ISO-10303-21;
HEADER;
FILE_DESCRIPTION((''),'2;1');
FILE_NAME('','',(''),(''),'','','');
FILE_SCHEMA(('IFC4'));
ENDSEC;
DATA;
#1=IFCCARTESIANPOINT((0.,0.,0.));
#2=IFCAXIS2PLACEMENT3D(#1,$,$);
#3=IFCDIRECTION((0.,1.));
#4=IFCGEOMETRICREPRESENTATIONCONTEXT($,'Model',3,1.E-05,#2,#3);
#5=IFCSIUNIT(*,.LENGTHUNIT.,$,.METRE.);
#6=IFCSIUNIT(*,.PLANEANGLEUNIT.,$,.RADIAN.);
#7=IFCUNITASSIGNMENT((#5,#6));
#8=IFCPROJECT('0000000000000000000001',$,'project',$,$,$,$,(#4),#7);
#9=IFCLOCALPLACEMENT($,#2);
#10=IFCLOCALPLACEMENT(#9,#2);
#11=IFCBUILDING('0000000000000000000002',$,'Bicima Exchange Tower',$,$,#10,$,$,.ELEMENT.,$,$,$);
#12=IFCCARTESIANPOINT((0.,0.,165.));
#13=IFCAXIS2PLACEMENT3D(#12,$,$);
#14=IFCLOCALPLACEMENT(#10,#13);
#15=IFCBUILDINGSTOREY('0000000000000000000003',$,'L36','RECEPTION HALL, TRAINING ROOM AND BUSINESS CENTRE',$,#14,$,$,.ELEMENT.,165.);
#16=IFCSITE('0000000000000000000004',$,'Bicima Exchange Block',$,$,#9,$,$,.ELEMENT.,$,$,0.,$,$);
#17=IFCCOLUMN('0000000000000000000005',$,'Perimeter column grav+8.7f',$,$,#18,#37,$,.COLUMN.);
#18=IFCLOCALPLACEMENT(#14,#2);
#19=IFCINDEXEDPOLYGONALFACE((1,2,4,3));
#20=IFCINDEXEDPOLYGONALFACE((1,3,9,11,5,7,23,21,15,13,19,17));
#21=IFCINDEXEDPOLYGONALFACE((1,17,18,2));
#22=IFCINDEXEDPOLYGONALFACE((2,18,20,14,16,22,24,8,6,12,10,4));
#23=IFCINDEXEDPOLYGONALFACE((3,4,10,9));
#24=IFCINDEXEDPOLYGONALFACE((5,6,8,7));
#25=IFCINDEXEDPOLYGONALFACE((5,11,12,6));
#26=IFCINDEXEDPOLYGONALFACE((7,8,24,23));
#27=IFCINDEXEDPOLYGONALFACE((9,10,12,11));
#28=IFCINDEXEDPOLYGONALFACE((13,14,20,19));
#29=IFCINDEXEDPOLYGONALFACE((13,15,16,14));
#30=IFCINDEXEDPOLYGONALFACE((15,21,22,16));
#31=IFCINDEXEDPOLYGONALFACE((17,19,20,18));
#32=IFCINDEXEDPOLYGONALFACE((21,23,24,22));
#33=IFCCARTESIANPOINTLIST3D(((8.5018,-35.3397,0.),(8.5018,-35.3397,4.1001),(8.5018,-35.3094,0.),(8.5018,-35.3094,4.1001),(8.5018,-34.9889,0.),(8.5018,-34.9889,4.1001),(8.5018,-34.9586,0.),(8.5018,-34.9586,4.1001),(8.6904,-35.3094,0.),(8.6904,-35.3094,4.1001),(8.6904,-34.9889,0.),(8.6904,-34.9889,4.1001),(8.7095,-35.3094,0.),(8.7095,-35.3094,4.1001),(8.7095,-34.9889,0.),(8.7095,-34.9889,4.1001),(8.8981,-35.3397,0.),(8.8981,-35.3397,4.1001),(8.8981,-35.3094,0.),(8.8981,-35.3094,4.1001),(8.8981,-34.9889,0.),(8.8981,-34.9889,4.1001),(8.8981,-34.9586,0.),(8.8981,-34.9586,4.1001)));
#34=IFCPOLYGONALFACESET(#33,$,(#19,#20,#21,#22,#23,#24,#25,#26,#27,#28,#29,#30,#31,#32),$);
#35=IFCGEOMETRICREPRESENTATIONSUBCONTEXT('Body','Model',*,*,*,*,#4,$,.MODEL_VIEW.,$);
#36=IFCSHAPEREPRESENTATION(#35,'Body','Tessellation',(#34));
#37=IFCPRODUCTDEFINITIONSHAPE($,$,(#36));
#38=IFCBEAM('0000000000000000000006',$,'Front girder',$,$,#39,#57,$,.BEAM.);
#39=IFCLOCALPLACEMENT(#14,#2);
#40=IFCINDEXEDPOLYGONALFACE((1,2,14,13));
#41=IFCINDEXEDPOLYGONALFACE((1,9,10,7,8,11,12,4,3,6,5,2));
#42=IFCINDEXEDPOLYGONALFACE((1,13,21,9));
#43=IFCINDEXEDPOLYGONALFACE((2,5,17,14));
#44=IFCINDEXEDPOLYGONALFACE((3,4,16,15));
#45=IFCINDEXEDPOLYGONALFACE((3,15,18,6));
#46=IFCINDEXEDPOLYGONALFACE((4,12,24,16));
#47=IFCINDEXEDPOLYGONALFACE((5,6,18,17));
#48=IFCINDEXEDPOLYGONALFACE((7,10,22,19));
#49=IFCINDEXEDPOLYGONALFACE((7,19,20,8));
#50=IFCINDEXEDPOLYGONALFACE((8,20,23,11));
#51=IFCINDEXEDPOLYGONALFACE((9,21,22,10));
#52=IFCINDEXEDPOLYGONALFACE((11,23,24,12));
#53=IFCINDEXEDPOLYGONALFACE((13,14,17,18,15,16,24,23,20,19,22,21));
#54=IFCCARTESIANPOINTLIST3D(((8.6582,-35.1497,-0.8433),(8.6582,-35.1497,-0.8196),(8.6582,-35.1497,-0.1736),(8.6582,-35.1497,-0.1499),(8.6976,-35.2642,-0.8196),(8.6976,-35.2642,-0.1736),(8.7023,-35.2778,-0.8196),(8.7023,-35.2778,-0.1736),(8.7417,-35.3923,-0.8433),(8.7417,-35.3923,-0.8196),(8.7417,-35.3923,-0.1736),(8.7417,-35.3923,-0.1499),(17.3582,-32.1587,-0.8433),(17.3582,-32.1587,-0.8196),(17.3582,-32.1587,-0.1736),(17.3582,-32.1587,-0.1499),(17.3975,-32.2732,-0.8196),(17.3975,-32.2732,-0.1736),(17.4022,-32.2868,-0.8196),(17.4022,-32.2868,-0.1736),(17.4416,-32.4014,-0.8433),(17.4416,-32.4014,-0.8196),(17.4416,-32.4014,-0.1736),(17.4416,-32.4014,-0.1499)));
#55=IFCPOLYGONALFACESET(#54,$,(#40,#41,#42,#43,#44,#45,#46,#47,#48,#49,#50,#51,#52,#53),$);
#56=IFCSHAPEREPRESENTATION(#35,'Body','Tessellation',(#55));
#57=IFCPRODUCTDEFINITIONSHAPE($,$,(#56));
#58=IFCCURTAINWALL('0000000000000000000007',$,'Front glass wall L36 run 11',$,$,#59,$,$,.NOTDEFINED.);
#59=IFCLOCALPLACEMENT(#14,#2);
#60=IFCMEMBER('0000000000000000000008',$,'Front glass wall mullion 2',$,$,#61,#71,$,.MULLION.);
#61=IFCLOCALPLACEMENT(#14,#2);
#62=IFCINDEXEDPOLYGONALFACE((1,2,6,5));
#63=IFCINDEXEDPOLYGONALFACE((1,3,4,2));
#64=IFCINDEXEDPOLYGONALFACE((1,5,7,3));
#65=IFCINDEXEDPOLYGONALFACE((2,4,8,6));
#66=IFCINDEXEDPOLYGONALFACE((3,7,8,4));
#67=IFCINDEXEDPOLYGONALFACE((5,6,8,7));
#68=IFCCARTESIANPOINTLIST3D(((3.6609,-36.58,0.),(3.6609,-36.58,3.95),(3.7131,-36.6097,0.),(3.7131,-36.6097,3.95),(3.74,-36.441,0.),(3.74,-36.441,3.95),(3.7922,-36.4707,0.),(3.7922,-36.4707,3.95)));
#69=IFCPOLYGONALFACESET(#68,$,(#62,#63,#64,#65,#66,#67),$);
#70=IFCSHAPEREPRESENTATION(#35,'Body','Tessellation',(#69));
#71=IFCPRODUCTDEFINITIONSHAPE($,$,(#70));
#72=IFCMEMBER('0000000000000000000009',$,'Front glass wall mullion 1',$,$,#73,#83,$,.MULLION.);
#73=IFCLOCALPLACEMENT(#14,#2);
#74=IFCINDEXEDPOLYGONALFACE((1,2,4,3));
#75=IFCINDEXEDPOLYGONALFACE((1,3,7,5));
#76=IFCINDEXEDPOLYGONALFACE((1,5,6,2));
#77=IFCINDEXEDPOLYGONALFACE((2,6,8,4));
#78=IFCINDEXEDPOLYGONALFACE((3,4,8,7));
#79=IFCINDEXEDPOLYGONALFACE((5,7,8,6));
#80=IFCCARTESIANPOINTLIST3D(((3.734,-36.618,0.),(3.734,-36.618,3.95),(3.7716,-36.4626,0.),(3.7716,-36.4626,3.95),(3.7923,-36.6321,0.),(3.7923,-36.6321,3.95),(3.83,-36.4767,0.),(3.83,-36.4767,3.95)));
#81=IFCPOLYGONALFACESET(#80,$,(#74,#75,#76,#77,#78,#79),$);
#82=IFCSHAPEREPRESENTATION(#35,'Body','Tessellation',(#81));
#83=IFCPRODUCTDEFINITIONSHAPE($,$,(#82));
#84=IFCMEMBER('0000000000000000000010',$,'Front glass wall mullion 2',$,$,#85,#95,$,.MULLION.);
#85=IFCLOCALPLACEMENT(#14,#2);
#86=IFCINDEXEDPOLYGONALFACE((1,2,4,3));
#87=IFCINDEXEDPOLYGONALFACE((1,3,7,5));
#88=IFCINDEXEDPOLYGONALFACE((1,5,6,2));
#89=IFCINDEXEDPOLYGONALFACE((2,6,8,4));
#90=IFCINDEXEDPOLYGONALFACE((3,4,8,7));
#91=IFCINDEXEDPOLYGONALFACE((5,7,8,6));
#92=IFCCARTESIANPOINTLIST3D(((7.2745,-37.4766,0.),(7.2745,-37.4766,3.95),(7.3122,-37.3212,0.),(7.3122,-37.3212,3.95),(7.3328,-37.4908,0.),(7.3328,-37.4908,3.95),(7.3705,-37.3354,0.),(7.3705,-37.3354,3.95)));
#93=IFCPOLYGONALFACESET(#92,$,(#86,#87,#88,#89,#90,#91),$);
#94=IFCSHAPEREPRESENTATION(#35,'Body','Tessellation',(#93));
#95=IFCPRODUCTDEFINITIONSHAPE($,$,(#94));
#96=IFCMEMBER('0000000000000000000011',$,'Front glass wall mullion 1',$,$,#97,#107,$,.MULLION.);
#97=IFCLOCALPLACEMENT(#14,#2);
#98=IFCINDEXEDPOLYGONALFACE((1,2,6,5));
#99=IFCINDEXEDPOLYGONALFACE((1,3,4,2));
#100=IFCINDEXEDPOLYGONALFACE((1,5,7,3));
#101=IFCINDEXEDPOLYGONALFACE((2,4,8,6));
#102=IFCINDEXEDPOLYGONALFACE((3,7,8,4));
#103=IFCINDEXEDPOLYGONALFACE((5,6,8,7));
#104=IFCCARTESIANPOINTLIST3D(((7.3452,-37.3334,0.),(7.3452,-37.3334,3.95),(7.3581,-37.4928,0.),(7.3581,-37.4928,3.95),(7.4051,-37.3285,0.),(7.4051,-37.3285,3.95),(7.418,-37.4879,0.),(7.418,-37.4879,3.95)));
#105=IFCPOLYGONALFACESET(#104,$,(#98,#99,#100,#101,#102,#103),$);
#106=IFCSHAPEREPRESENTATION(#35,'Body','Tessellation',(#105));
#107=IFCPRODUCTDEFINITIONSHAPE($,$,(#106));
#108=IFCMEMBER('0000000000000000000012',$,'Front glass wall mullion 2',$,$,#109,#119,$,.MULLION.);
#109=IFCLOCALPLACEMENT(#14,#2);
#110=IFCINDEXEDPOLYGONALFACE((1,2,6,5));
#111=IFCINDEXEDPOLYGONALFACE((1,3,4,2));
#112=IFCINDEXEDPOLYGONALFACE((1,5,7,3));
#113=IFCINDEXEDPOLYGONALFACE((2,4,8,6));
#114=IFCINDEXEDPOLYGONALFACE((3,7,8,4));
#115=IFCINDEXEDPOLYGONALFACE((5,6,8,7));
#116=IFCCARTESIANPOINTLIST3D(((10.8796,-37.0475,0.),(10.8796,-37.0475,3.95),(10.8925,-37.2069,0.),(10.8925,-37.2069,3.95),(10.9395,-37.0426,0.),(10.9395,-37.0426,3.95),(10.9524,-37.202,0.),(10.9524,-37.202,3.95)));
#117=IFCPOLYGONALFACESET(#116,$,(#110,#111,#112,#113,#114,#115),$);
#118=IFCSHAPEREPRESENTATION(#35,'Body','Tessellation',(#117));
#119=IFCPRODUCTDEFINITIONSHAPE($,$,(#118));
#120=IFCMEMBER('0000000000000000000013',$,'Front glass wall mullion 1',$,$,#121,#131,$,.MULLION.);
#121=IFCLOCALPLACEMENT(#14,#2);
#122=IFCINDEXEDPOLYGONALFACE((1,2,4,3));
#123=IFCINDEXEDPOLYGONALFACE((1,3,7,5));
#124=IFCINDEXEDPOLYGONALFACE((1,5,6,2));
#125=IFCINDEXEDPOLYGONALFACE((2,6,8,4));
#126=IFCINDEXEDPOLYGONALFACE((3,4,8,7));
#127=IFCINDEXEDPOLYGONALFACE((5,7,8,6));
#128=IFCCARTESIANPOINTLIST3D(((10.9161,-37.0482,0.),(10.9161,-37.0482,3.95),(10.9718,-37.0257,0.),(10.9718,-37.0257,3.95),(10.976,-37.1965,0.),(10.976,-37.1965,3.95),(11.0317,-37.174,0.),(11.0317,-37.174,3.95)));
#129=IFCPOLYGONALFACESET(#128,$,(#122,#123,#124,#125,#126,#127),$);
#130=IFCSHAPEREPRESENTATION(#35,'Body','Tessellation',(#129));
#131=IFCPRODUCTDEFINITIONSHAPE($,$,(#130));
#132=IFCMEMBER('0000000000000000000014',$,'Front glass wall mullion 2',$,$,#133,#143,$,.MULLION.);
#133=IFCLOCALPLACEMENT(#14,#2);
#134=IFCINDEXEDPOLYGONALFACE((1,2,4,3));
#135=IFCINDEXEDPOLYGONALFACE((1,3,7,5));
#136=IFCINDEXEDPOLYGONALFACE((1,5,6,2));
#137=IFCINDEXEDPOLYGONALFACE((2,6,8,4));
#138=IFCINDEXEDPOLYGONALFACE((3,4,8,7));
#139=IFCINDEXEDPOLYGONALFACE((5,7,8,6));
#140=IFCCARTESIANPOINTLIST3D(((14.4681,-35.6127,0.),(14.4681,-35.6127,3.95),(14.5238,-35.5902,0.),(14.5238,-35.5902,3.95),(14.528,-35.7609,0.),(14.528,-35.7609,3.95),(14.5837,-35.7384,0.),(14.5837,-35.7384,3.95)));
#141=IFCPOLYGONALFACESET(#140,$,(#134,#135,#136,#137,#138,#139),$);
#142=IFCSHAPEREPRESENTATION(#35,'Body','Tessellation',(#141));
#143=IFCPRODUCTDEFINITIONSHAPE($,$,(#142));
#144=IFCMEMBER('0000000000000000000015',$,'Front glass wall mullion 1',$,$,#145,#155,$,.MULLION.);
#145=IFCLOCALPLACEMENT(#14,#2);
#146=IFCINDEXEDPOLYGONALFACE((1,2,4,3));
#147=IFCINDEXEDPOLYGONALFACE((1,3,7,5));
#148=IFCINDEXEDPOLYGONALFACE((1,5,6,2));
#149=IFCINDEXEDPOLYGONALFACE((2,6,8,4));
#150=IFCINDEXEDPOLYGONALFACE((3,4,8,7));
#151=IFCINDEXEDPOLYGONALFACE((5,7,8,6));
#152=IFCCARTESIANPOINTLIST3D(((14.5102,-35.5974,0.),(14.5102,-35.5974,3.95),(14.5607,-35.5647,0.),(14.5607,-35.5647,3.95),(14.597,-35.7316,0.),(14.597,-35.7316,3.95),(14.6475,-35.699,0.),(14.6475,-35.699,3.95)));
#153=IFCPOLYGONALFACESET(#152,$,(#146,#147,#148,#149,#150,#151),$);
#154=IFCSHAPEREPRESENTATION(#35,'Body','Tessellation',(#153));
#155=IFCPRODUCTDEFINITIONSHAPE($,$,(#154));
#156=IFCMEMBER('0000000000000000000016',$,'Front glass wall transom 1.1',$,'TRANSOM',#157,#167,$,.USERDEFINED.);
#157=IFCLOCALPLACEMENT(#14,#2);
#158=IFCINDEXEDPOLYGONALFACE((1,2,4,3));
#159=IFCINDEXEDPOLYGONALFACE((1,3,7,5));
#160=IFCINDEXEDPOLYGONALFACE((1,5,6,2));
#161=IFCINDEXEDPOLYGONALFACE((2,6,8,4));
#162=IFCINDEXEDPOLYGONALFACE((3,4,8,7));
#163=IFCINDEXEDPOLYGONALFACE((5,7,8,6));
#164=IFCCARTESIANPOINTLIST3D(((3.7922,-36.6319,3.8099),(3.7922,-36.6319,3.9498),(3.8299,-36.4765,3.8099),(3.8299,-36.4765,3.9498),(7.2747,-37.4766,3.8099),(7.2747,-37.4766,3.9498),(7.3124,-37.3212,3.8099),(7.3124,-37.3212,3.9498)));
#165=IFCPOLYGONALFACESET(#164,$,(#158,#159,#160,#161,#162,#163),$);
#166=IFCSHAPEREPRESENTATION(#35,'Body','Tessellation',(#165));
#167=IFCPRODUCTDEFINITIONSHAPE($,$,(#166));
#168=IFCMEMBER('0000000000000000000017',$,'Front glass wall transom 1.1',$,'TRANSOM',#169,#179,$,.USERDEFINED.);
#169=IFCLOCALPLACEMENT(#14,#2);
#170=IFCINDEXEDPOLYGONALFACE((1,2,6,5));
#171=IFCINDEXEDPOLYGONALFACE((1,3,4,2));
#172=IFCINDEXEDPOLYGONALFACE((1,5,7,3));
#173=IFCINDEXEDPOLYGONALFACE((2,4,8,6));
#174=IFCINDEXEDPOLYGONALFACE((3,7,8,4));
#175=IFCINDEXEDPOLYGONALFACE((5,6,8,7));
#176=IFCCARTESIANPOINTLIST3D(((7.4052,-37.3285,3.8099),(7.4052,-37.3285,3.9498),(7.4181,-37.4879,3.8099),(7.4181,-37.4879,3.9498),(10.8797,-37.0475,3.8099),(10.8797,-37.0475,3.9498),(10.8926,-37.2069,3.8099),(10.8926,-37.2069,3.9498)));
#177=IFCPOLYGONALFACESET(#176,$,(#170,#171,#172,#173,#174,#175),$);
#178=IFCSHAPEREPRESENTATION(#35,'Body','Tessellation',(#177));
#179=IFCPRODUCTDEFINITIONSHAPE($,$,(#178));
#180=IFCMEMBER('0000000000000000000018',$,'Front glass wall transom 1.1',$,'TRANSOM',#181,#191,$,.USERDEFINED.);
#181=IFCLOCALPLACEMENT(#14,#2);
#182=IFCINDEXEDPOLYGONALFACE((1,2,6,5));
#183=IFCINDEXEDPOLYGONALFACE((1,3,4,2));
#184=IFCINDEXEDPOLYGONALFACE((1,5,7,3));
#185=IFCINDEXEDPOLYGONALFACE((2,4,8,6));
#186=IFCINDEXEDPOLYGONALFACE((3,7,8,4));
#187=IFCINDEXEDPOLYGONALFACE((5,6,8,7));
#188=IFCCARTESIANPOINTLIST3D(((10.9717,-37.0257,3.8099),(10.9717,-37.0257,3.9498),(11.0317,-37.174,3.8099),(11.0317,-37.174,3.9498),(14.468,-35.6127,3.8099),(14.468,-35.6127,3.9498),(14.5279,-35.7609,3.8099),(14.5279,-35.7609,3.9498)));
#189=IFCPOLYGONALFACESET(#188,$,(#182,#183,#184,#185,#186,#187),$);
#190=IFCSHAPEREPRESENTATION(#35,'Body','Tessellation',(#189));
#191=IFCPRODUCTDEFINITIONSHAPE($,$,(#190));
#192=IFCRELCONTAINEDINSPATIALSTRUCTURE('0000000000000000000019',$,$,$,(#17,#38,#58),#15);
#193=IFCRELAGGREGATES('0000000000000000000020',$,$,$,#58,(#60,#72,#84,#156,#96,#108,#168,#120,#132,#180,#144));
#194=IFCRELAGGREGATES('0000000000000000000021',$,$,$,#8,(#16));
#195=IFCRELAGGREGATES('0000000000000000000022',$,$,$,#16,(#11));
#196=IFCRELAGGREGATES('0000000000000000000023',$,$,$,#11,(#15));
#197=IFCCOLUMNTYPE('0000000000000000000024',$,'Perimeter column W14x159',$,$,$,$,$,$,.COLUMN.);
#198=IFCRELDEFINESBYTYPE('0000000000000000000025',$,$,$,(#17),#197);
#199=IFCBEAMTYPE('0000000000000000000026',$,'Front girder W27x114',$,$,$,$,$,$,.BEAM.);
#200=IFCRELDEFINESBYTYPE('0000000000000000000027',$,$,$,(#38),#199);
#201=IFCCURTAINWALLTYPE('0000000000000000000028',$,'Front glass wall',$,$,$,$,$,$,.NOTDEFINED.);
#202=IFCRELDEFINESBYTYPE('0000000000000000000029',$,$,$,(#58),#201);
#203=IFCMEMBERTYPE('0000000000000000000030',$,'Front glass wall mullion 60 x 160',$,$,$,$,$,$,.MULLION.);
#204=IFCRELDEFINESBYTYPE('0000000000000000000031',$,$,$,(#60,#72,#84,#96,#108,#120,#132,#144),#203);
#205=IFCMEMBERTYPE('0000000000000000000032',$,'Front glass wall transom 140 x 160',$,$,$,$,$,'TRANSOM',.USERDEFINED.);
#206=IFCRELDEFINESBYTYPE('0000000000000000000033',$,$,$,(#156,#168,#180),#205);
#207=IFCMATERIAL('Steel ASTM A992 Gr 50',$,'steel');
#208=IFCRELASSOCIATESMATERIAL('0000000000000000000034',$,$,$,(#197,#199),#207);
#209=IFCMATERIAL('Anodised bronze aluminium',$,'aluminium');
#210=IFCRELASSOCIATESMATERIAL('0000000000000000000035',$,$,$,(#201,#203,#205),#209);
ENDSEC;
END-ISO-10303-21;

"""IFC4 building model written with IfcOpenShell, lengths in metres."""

from ifc_helpers import new_model, si_unit, direction, frame, origin, origin_2d, place, context, subcontext, project, spatial, rectangle, i_section, extrude, material, material_profile, profile_set, type_object, element, aggregate, save


model = new_model("IFC4")

# Units and contexts
model_context = context("Model", 3, precision=1e-05, world=origin(), true_north=direction((0.0, 1.0)))
body_context = subcontext(model_context, "Body", "Model", "MODEL_VIEW")
ifc_project = project(units=[si_unit("LENGTHUNIT", "METRE"), si_unit("PLANEANGLEUNIT", "RADIAN")], contexts=[model_context])

# Site, building, storey
site_placement = place(None, origin())
site = spatial("IfcSite", under=ifc_project, at=site_placement, Name="Bicima Exchange Block", CompositionType="ELEMENT", RefElevation=0.0)
building_placement = place(site_placement, origin())
building = spatial("IfcBuilding", under=site, at=building_placement, Name="Bicima Exchange Tower", CompositionType="ELEMENT")
storey_placement = place(building_placement, frame((0.0, 0.0, 165.0)))
storey = spatial("IfcBuildingStorey", under=building, at=storey_placement, Name="L36", Description="RECEPTION HALL, TRAINING ROOM AND BUSINESS CENTRE", CompositionType="ELEMENT", Elevation=165.0)

# Column
ifc_material_1 = material(Name="Steel ASTM A992 Gr 50", Category="steel")
ifc_material_profile_1 = material_profile(ifc_material_1, i_section(OverallWidth=0.3962, OverallDepth=0.3811, WebThickness=0.019, FlangeThickness=0.0303, at=origin_2d()))
ifc_profile_set_1 = profile_set([ifc_material_profile_1], Name="Steel ASTM A992 Gr 50")
column_type = type_object("IfcColumnType", Name="Perimeter column W14x159", PredefinedType="COLUMN", material=ifc_profile_set_1)
column_placement = place(storey_placement, frame((8.7, -35.1492, 0.0), z_axis=(0.0, 0.0, 1.0), x_axis=(1.0, 0.0, 0.0)))
element("IfcColumn", 1, at=column_placement, inside=storey, type_object=column_type, Name="Perimeter column grav+8.7f", PredefinedType="COLUMN", context=body_context, shape_type="SweptSolid", body=[
    extrude(i_section(OverallWidth=0.3962, OverallDepth=0.3811, WebThickness=0.019, FlangeThickness=0.0303, at=origin_2d()), origin(), (0.0, 0.0, 1.0), 4.1001),
])

# Beam
ifc_material_profile_2 = material_profile(ifc_material_1, i_section(OverallWidth=0.2566, OverallDepth=0.6934, WebThickness=0.0144, FlangeThickness=0.0237, at=origin_2d()))
ifc_profile_set_2 = profile_set([ifc_material_profile_2], Name="Steel ASTM A992 Gr 50")
beam_type = type_object("IfcBeamType", Name="Front girder W27x114", PredefinedType="BEAM", material=ifc_profile_set_2)
beam_placement = place(storey_placement, frame((8.7, -35.271, -0.4966), z_axis=(0.945675, 0.325115, 0.0), x_axis=(-0.325115, 0.945675, 0.0)))
element("IfcBeam", 2, at=beam_placement, inside=storey, type_object=beam_type, Name="Front girder", PredefinedType="BEAM", context=body_context, shape_type="SweptSolid", body=[
    extrude(i_section(OverallWidth=0.2566, OverallDepth=0.6934, WebThickness=0.0144, FlangeThickness=0.0237, at=origin_2d()), origin(), (0.0, 0.0, 1.0), 9.1997),
])

# Curtain wall, members
ifc_material_2 = material(Name="Anodised bronze aluminium", Category="aluminium")
curtain_wall_type = type_object("IfcCurtainWallType", Name="Front glass wall", PredefinedType="NOTDEFINED", material=ifc_material_2)
curtain_wall_placement = place(storey_placement, origin())
curtain_wall = element("IfcCurtainWall", 3, at=curtain_wall_placement, inside=storey, type_object=curtain_wall_type, Name="Front glass wall L36 run 11", PredefinedType="NOTDEFINED")
ifc_material_profile_3 = material_profile(ifc_material_2, rectangle(XDim=0.1599, YDim=0.0601, at=origin_2d()))
ifc_profile_set_3 = profile_set([ifc_material_profile_3], Name="Anodised bronze aluminium")
member_type_1 = type_object("IfcMemberType", Name="Front glass wall mullion 60 x 160", PredefinedType="MULLION", material=ifc_profile_set_3)
member_1_placement = place(storey_placement, frame((3.7266, -36.5254, 0.0), z_axis=(0.0, 0.0, 1.0), x_axis=(0.49433, 0.869274, 0.0)))
member_1 = element("IfcMember", 4, at=member_1_placement, type_object=member_type_1, Name="Front glass wall mullion 2", PredefinedType="MULLION", context=body_context, shape_type="SweptSolid", body=[
    extrude(rectangle(XDim=0.1599, YDim=0.0601, at=origin_2d()), origin(), (0.0, 0.0, 1.0), 3.95),
])
member_2_placement = place(storey_placement, frame((3.782, -36.5474, 0.0), z_axis=(0.0, 0.0, 1.0), x_axis=(0.235682, 0.97183, 0.0)))
member_2 = element("IfcMember", 5, at=member_2_placement, type_object=member_type_1, Name="Front glass wall mullion 1", PredefinedType="MULLION", context=body_context, shape_type="SweptSolid", body=[
    extrude(rectangle(XDim=0.1599, YDim=0.0601, at=origin_2d()), origin(), (0.0, 0.0, 1.0), 3.95),
])
member_3_placement = place(storey_placement, frame((7.3225, -37.406, 0.0), z_axis=(0.0, 0.0, 1.0), x_axis=(0.235682, 0.97183, 0.0)))
member_3 = element("IfcMember", 6, at=member_3_placement, type_object=member_type_1, Name="Front glass wall mullion 2", PredefinedType="MULLION", context=body_context, shape_type="SweptSolid", body=[
    extrude(rectangle(XDim=0.1599, YDim=0.0601, at=origin_2d()), origin(), (0.0, 0.0, 1.0), 3.95),
])
member_4_placement = place(storey_placement, frame((7.3816, -37.4106, 0.0), z_axis=(0.0, 0.0, 1.0), x_axis=(-0.080589, 0.996747, 0.0)))
member_4 = element("IfcMember", 7, at=member_4_placement, type_object=member_type_1, Name="Front glass wall mullion 1", PredefinedType="MULLION", context=body_context, shape_type="SweptSolid", body=[
    extrude(rectangle(XDim=0.1599, YDim=0.0601, at=origin_2d()), origin(), (0.0, 0.0, 1.0), 3.95),
])
member_5_placement = place(storey_placement, frame((10.916, -37.1248, 0.0), z_axis=(0.0, 0.0, 1.0), x_axis=(-0.080589, 0.996747, 0.0)))
member_5 = element("IfcMember", 8, at=member_5_placement, type_object=member_type_1, Name="Front glass wall mullion 2", PredefinedType="MULLION", context=body_context, shape_type="SweptSolid", body=[
    extrude(rectangle(XDim=0.1599, YDim=0.0601, at=origin_2d()), origin(), (0.0, 0.0, 1.0), 3.95),
])
member_6_placement = place(storey_placement, frame((10.9739, -37.1111, 0.0), z_axis=(0.0, 0.0, 1.0), x_axis=(-0.374705, 0.927144, 0.0)))
member_6 = element("IfcMember", 9, at=member_6_placement, type_object=member_type_1, Name="Front glass wall mullion 1", PredefinedType="MULLION", context=body_context, shape_type="SweptSolid", body=[
    extrude(rectangle(XDim=0.1599, YDim=0.0601, at=origin_2d()), origin(), (0.0, 0.0, 1.0), 3.95),
])
member_7_placement = place(storey_placement, frame((14.5259, -35.6755, 0.0), z_axis=(0.0, 0.0, 1.0), x_axis=(-0.374705, 0.927144, 0.0)))
member_7 = element("IfcMember", 10, at=member_7_placement, type_object=member_type_1, Name="Front glass wall mullion 2", PredefinedType="MULLION", context=body_context, shape_type="SweptSolid", body=[
    extrude(rectangle(XDim=0.1599, YDim=0.0601, at=origin_2d()), origin(), (0.0, 0.0, 1.0), 3.95),
])
member_8_placement = place(storey_placement, frame((14.5789, -35.6482, 0.0), z_axis=(0.0, 0.0, 1.0), x_axis=(-0.542909, 0.839791, 0.0)))
member_8 = element("IfcMember", 11, at=member_8_placement, type_object=member_type_1, Name="Front glass wall mullion 1", PredefinedType="MULLION", context=body_context, shape_type="SweptSolid", body=[
    extrude(rectangle(XDim=0.1599, YDim=0.0601, at=origin_2d()), origin(), (0.0, 0.0, 1.0), 3.95),
])
ifc_material_profile_4 = material_profile(ifc_material_2, rectangle(XDim=0.1599, YDim=0.1399, at=origin_2d()))
ifc_profile_set_4 = profile_set([ifc_material_profile_4], Name="Anodised bronze aluminium")
member_type_2 = type_object("IfcMemberType", Name="Front glass wall transom 140 x 160", ElementType="TRANSOM", PredefinedType="USERDEFINED", material=ifc_profile_set_4)
member_9_placement = place(storey_placement, frame((3.811, -36.5542, 3.8799), z_axis=(0.971818, -0.235733, 0.0), x_axis=(0.235733, 0.971818, 0.0)))
member_9 = element("IfcMember", 12, at=member_9_placement, type_object=member_type_2, Name="Front glass wall transom 1.1", ObjectType="TRANSOM", PredefinedType="USERDEFINED", context=body_context, shape_type="SweptSolid", body=[
    extrude(rectangle(XDim=0.1599, YDim=0.1399, at=origin_2d()), origin(), (0.0, 0.0, 1.0), 3.5835),
])
member_10_placement = place(storey_placement, frame((7.4116, -37.4082, 3.8799), z_axis=(0.996746, 0.080611, 0.0), x_axis=(-0.080611, 0.996746, 0.0)))
member_10 = element("IfcMember", 13, at=member_10_placement, type_object=member_type_2, Name="Front glass wall transom 1.1", ObjectType="TRANSOM", PredefinedType="USERDEFINED", context=body_context, shape_type="SweptSolid", body=[
    extrude(rectangle(XDim=0.1599, YDim=0.1399, at=origin_2d()), origin(), (0.0, 0.0, 1.0), 3.4858),
])
member_11_placement = place(storey_placement, frame((11.0017, -37.0999, 3.8799), z_axis=(0.92714, 0.374715, 0.0), x_axis=(-0.374715, 0.92714, 0.0)))
member_11 = element("IfcMember", 14, at=member_11_placement, type_object=member_type_2, Name="Front glass wall transom 1.1", ObjectType="TRANSOM", PredefinedType="USERDEFINED", context=body_context, shape_type="SweptSolid", body=[
    extrude(rectangle(XDim=0.1599, YDim=0.1399, at=origin_2d()), origin(), (0.0, 0.0, 1.0), 3.771),
])
aggregate(curtain_wall, [member_1, member_2, member_3, member_9, member_4, member_5, member_10, member_6, member_7, member_11, member_8])

save(model, "model.ifc")
